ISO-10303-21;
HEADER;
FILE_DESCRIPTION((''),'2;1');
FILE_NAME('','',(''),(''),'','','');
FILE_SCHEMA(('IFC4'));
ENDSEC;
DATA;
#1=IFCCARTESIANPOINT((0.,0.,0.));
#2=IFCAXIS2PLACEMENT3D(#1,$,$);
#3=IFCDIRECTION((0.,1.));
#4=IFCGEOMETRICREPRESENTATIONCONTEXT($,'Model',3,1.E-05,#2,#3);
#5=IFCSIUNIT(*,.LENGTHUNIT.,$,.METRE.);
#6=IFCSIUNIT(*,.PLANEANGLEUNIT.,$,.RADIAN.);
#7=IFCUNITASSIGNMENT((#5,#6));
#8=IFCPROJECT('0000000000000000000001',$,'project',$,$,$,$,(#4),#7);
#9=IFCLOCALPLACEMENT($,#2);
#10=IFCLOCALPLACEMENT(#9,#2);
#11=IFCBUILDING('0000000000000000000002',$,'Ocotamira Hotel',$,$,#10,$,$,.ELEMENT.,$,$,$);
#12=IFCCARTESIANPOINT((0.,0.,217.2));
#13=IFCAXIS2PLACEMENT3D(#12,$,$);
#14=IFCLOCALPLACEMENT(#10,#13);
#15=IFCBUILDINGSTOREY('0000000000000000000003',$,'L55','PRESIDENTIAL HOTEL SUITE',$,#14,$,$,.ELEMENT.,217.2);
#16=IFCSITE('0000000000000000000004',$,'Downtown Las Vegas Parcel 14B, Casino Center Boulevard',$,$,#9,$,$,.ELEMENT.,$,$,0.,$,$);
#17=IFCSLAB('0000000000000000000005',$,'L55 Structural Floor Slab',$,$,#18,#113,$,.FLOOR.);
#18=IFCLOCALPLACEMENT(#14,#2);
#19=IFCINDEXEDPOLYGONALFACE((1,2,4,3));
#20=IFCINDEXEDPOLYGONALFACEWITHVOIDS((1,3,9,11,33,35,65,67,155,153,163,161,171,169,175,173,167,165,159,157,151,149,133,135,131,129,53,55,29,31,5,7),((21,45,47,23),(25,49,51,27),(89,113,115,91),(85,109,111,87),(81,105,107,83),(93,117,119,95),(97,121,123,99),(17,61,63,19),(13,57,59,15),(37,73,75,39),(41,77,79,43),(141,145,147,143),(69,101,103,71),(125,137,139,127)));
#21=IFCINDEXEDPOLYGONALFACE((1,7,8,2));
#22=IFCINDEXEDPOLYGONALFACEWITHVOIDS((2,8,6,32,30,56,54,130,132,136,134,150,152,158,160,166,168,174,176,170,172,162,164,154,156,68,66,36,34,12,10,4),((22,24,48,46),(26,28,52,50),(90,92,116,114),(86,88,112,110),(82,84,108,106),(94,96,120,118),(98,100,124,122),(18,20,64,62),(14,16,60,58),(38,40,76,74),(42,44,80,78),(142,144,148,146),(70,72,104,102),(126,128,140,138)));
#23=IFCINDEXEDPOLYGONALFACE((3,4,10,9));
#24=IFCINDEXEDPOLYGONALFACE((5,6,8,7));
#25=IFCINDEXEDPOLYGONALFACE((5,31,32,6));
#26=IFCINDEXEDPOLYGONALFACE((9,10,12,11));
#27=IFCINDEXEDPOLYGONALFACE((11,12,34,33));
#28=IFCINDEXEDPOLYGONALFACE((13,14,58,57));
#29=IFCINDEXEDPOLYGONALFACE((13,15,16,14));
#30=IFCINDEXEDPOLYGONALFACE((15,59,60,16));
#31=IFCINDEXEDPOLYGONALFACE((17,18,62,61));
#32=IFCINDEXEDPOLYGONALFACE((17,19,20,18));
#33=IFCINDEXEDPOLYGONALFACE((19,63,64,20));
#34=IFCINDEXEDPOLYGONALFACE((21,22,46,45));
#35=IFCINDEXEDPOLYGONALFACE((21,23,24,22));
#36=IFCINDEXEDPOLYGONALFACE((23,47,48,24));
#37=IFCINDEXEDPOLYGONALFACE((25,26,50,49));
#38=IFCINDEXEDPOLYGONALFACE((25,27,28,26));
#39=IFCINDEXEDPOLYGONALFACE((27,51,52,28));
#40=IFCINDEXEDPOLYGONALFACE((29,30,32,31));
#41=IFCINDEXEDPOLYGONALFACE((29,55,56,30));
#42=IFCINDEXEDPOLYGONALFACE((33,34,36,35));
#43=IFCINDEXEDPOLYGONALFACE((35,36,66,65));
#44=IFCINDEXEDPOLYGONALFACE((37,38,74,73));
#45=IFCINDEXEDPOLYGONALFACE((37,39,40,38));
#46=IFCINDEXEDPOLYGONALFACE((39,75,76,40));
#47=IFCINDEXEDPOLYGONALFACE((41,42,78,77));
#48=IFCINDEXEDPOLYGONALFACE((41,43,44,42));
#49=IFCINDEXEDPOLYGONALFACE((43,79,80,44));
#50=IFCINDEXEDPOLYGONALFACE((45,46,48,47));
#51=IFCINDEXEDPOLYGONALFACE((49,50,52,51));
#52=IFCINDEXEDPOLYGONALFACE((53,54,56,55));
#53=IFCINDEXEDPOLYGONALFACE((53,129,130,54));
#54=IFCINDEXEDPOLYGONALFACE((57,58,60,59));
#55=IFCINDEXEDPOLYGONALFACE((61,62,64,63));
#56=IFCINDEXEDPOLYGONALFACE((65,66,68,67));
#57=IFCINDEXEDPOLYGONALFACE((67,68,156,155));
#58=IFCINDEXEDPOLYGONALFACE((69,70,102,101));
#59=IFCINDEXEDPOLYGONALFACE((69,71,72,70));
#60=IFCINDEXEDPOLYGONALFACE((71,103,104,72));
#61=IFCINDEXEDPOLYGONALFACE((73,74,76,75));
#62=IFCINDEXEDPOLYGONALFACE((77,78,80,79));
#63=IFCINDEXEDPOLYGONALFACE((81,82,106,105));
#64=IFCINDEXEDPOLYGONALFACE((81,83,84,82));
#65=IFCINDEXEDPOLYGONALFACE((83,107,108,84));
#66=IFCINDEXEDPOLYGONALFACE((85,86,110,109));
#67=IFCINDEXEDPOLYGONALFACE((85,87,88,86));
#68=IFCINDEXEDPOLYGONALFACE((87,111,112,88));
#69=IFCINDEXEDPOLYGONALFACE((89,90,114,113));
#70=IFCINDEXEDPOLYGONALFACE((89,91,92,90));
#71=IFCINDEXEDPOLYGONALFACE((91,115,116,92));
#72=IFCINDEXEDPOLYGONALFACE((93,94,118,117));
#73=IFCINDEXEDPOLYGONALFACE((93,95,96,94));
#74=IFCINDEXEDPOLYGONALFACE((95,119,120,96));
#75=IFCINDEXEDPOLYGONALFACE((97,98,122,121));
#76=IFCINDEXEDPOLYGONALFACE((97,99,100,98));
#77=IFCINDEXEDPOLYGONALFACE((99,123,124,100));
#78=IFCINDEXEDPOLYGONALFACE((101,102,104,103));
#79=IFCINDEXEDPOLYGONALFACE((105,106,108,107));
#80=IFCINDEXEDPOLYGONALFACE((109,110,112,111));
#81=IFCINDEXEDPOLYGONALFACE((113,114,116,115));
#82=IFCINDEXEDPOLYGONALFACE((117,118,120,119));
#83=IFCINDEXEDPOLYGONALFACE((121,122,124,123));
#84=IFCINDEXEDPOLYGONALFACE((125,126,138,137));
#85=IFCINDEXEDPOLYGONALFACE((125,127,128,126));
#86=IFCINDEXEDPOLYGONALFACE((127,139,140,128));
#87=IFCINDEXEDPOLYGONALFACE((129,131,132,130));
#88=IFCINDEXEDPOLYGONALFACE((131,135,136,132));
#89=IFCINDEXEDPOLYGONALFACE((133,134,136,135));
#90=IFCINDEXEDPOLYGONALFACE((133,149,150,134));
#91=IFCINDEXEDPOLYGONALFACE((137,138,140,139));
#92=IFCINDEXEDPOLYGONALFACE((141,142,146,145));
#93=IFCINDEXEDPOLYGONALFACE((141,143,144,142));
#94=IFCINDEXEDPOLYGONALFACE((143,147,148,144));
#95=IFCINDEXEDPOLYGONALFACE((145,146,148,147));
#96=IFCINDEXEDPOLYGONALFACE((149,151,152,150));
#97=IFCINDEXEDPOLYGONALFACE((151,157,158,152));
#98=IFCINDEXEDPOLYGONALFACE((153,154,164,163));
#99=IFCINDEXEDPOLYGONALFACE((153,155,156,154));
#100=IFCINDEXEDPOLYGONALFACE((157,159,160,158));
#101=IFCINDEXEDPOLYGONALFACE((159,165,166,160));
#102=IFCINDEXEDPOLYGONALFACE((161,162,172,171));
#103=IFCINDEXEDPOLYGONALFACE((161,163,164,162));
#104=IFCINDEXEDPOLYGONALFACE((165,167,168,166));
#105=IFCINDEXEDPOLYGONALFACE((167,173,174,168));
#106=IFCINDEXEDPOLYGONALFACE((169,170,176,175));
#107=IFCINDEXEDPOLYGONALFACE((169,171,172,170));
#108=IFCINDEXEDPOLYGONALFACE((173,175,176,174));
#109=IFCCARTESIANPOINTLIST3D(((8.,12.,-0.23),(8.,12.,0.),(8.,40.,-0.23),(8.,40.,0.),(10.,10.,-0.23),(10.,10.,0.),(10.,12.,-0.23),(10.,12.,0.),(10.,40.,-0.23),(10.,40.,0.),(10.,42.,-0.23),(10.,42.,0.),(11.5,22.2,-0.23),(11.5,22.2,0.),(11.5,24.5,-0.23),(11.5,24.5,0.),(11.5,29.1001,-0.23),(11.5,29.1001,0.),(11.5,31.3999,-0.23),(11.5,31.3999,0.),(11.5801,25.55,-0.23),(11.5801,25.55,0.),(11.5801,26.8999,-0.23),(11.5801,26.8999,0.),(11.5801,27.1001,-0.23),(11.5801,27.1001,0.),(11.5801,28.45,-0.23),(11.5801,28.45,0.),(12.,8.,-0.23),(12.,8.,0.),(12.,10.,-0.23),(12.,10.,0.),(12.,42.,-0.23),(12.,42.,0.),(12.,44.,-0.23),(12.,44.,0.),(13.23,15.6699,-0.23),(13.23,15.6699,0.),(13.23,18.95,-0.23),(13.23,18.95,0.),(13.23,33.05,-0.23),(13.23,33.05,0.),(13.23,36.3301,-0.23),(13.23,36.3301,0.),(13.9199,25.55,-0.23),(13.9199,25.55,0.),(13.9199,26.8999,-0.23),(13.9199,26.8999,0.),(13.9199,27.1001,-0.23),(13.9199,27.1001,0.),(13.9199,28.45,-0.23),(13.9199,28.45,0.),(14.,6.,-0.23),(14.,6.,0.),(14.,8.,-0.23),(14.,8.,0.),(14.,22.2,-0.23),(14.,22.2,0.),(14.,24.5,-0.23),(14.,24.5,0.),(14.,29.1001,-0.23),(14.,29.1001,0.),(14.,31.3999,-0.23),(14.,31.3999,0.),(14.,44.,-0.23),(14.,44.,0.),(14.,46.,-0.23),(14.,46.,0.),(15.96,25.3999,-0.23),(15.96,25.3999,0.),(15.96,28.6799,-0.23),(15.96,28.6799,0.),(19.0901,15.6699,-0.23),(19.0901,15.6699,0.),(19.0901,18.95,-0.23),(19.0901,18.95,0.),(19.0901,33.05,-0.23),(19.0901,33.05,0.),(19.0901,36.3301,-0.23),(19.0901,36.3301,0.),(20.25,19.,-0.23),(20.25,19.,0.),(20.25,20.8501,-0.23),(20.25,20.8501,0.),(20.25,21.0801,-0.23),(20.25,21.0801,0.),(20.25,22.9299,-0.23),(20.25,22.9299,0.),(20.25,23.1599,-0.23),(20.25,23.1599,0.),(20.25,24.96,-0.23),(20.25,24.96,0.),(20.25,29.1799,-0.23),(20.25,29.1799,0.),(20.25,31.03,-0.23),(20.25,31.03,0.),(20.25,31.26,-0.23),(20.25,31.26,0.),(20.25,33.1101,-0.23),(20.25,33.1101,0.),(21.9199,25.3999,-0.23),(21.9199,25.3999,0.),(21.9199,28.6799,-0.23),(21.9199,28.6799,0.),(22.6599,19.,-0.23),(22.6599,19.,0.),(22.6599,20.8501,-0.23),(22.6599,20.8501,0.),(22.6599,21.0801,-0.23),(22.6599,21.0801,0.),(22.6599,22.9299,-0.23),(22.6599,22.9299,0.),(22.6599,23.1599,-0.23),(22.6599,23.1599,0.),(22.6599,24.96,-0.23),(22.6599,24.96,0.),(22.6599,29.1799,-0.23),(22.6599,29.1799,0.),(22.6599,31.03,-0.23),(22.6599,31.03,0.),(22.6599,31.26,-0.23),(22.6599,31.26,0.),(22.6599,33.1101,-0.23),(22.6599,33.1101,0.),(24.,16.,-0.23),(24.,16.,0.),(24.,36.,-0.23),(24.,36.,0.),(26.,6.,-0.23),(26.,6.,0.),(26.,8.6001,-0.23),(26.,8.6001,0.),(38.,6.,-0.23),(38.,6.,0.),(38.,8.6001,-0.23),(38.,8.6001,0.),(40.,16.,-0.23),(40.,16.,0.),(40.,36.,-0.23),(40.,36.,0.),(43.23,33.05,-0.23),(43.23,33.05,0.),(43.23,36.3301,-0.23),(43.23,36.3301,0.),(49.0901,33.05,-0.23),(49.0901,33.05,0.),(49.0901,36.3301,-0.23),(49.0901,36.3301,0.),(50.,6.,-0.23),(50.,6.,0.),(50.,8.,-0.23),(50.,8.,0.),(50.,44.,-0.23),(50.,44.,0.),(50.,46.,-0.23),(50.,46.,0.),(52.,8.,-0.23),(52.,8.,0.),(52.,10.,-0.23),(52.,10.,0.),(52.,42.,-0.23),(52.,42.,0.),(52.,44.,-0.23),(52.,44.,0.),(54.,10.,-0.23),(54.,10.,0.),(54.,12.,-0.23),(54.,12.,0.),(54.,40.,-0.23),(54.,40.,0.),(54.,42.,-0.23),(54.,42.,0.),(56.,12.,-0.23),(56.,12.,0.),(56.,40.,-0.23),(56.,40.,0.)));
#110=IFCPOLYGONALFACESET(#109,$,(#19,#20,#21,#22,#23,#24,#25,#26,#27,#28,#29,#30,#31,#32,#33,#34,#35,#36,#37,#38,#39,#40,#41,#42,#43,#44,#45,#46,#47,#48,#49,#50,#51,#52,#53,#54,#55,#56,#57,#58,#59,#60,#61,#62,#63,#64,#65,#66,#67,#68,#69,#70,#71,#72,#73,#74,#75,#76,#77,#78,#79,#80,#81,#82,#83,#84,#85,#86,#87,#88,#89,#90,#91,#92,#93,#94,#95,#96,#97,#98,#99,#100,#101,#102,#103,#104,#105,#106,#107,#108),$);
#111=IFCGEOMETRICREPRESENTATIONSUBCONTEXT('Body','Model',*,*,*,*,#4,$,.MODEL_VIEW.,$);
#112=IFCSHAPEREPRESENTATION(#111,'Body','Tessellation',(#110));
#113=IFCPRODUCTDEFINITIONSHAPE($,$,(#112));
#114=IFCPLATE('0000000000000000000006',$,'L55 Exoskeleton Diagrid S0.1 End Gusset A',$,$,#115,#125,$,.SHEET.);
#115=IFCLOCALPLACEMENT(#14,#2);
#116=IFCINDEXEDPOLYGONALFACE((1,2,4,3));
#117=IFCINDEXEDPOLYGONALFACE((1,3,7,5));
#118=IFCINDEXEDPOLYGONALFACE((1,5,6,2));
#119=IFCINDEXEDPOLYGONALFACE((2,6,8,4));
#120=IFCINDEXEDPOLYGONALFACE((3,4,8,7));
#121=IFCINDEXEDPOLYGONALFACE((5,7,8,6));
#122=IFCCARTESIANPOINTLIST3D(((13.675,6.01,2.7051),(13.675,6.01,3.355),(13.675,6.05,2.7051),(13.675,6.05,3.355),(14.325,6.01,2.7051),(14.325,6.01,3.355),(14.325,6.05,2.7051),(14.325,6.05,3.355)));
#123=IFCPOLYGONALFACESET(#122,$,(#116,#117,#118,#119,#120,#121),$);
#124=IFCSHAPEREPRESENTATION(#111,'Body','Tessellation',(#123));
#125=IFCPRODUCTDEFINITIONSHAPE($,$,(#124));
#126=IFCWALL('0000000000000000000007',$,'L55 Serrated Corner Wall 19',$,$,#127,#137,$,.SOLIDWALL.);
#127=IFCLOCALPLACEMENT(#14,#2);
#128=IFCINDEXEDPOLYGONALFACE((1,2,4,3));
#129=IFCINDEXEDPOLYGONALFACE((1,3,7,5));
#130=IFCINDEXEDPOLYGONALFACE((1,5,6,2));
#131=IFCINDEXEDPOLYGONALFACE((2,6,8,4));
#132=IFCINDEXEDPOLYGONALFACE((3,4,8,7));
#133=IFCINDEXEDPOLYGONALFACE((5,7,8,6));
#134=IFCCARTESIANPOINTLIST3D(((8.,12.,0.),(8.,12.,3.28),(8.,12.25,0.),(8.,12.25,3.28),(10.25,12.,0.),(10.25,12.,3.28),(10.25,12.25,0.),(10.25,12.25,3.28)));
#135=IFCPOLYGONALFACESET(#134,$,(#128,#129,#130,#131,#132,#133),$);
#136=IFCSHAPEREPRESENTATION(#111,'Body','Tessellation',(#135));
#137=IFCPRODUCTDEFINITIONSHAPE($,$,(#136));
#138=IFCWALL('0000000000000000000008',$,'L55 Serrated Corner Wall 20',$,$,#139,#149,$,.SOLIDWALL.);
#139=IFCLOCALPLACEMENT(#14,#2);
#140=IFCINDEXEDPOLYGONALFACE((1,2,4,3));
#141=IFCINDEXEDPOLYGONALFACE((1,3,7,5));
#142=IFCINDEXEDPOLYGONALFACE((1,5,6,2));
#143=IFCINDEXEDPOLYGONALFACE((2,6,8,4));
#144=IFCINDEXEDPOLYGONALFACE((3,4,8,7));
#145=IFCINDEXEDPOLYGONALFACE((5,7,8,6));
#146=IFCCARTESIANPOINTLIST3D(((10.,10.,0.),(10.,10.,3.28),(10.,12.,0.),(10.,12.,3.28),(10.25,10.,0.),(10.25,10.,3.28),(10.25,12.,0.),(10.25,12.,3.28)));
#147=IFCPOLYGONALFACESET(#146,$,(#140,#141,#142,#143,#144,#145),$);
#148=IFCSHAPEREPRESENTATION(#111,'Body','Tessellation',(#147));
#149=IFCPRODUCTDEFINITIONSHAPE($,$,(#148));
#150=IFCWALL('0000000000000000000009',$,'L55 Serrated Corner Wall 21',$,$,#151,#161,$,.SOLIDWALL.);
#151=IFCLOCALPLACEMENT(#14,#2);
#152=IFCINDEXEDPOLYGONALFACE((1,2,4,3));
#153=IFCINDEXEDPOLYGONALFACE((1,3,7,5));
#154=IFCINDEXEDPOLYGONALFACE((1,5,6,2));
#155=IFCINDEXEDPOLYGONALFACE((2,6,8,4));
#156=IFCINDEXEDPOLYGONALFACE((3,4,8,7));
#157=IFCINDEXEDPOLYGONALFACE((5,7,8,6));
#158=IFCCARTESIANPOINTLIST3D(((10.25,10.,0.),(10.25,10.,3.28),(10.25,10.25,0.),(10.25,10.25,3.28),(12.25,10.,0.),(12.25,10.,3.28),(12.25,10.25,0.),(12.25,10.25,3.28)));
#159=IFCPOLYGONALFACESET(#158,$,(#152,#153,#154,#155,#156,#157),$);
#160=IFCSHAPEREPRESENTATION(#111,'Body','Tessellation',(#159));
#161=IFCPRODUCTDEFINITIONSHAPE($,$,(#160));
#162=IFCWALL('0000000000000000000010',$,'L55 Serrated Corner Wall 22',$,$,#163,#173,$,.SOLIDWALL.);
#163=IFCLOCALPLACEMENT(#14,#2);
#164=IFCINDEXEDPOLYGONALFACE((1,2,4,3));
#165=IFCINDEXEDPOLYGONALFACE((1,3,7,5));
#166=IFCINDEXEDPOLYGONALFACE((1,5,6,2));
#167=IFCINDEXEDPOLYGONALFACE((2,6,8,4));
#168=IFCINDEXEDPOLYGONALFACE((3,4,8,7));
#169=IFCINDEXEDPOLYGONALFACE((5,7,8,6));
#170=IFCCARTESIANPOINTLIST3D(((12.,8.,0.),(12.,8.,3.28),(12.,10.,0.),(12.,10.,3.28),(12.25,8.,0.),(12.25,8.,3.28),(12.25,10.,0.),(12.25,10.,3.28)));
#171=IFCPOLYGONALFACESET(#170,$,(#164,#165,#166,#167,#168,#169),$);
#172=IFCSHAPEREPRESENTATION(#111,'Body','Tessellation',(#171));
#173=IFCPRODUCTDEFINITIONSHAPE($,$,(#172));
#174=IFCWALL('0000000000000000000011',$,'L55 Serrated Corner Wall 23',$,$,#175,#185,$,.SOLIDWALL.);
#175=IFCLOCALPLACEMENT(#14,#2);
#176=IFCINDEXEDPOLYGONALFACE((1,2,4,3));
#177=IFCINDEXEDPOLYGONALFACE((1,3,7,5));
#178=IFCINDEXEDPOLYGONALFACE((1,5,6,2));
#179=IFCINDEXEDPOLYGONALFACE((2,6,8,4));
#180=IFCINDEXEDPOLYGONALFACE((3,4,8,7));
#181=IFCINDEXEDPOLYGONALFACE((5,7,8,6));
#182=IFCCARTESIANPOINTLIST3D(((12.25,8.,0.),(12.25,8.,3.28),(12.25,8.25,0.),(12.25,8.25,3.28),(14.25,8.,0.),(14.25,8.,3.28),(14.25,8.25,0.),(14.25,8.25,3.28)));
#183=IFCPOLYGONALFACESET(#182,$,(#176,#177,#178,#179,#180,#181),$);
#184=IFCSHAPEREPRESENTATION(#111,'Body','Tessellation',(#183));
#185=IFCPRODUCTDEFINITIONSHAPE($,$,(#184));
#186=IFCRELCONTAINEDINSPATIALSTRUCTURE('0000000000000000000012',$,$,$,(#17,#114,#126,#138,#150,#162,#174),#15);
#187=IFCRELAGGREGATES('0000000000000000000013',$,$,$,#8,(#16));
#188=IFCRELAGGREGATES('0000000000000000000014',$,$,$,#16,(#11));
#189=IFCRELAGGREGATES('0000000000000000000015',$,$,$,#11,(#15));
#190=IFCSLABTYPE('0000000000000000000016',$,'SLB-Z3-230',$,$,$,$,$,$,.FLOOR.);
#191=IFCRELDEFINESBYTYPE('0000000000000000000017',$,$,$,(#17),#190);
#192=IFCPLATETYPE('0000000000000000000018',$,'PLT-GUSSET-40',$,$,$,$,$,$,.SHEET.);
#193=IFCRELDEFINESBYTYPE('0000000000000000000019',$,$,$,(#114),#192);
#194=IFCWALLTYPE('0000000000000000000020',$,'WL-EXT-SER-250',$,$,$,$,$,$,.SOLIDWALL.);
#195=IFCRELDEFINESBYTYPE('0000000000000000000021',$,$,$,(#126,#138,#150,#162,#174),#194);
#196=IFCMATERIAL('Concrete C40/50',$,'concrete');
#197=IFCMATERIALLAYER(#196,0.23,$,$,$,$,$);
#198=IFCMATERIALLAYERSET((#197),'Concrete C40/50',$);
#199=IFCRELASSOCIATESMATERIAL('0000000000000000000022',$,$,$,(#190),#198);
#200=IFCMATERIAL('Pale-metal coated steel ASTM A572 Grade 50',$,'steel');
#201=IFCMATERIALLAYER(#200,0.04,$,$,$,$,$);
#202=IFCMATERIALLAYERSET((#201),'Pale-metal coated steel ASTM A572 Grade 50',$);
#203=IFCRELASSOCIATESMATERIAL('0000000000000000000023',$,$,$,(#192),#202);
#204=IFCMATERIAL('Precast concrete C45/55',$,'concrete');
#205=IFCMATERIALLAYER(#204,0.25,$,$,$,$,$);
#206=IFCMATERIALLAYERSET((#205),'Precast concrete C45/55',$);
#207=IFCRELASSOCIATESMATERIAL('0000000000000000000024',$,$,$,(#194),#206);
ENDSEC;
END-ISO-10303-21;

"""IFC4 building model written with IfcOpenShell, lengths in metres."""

from ifc_helpers import new_model, si_unit, direction, frame, frame_2d, origin, origin_2d, place, context, subcontext, project, spatial, polyline, rectangle, outline, extrude, source, transform, mapped, material, layer, layer_set, type_object, element, save


model = new_model("IFC4")

# Units and contexts
model_context = context("Model", 3, precision=1e-05, world=origin(), true_north=direction((0.0, 1.0)))
body_context = subcontext(model_context, "Body", "Model", "MODEL_VIEW")
ifc_project = project(units=[si_unit("LENGTHUNIT", "METRE"), si_unit("PLANEANGLEUNIT", "RADIAN")], contexts=[model_context])

# Site, building, storey
site_placement = place(None, origin())
site = spatial("IfcSite", under=ifc_project, at=site_placement, Name="Downtown Las Vegas Parcel 14B, Casino Center Boulevard", CompositionType="ELEMENT", RefElevation=0.0)
building_placement = place(site_placement, origin())
building = spatial("IfcBuilding", under=site, at=building_placement, Name="Ocotamira Hotel", CompositionType="ELEMENT")
storey_placement = place(building_placement, frame((0.0, 0.0, 217.2)))
storey = spatial("IfcBuildingStorey", under=building, at=storey_placement, Name="L55", Description="PRESIDENTIAL HOTEL SUITE", CompositionType="ELEMENT", Elevation=217.2)

# Shared definitions
ifc_material_1 = material(Name="Concrete C40/50", Category="concrete")

# Slab
ifc_layer_1 = layer(ifc_material_1, 0.23)
ifc_layer_set_1 = layer_set([ifc_layer_1], Name="Concrete C40/50")
slab_type_1 = type_object("IfcSlabType", Name="SLB-Z3-230", PredefinedType="FLOOR", material=ifc_layer_set_1)
slab_1_placement = place(storey_placement, frame((0.0, 0.0, -0.23)))
element("IfcSlab", 1, at=slab_1_placement, inside=storey, type_object=slab_type_1, Name="L55 Structural Floor Slab", PredefinedType="FLOOR", context=body_context, shape_type="SweptSolid", body=[
    extrude(outline(polyline([(14.0, 6.0), (14.0, 8.0), (12.0, 8.0), (12.0, 10.0), (10.0, 10.0), (10.0, 12.0), (8.0, 12.0), (8.0, 40.0), (10.0, 40.0), (10.0, 42.0), (12.0, 42.0), (12.0, 44.0), (14.0, 44.0), (14.0, 46.0), (50.0, 46.0), (50.0, 44.0), (52.0, 44.0), (52.0, 42.0), (54.0, 42.0), (54.0, 40.0), (56.0, 40.0), (56.0, 12.0), (54.0, 12.0), (54.0, 10.0), (52.0, 10.0), (52.0, 8.0), (50.0, 8.0), (50.0, 6.0), (38.0, 6.0), (38.0, 8.6001), (26.0, 8.6001), (26.0, 6.0), (14.0, 6.0)]), holes=[polyline([(24.0, 16.0), (40.0, 16.0), (40.0, 36.0), (24.0, 36.0), (24.0, 16.0)]), polyline([(13.23, 15.6699), (19.0901, 15.6699), (19.0901, 18.95), (13.23, 18.95), (13.23, 15.6699)]), polyline([(13.23, 33.05), (19.0901, 33.05), (19.0901, 36.3301), (13.23, 36.3301), (13.23, 33.05)]), polyline([(15.96, 25.3999), (21.9199, 25.3999), (21.9199, 28.6799), (15.96, 28.6799), (15.96, 25.3999)]), polyline([(43.23, 33.05), (49.0901, 33.05), (49.0901, 36.3301), (43.23, 36.3301), (43.23, 33.05)]), polyline([(20.25, 19.0), (22.6599, 19.0), (22.6599, 20.8501), (20.25, 20.8501), (20.25, 19.0)]), polyline([(20.25, 21.0801), (22.6599, 21.0801), (22.6599, 22.9299), (20.25, 22.9299), (20.25, 21.0801)]), polyline([(20.25, 23.1599), (22.6599, 23.1599), (22.6599, 24.96), (20.25, 24.96), (20.25, 23.1599)]), polyline([(20.25, 29.1799), (22.6599, 29.1799), (22.6599, 31.03), (20.25, 31.03), (20.25, 29.1799)]), polyline([(20.25, 31.26), (22.6599, 31.26), (22.6599, 33.1101), (20.25, 33.1101), (20.25, 31.26)]), polyline([(11.5, 22.2), (14.0, 22.2), (14.0, 24.5), (11.5, 24.5), (11.5, 22.2)]), polyline([(11.5, 29.1001), (14.0, 29.1001), (14.0, 31.3999), (11.5, 31.3999), (11.5, 29.1001)]), polyline([(11.5801, 25.55), (13.9199, 25.55), (13.9199, 26.8999), (11.5801, 26.8999), (11.5801, 25.55)]), polyline([(11.5801, 27.1001), (13.9199, 27.1001), (13.9199, 28.45), (11.5801, 28.45), (11.5801, 27.1001)])]), origin(), (0.0, 0.0, 1.0), 0.23),
])

# Plate
ifc_material_2 = material(Name="Pale-metal coated steel ASTM A572 Grade 50", Category="steel")
ifc_layer_2 = layer(ifc_material_2, 0.04)
ifc_layer_set_2 = layer_set([ifc_layer_2], Name="Pale-metal coated steel ASTM A572 Grade 50")
plate_type = type_object("IfcPlateType", Name="PLT-GUSSET-40", PredefinedType="SHEET", material=ifc_layer_set_2)
shared_shape_1 = source(origin(), body_context, "Body", "SweptSolid", [
    extrude(rectangle(XDim=0.6499, YDim=0.04, at=origin_2d()), origin(), (0.0, 0.0, 1.0), 0.6499),
])
plate_placement = place(storey_placement, frame((14.0, 6.03, 2.7051), z_axis=(0.0, 0.0, 1.0), x_axis=(1.0, 0.0, 0.0)))
element("IfcPlate", 2, at=plate_placement, inside=storey, type_object=plate_type, Name="L55 Exoskeleton Diagrid S0.1 End Gusset A", PredefinedType="SHEET", context=body_context, shape_type="MappedRepresentation", body=[
    mapped(shared_shape_1, transform((0.0, 0.0, 0.0), scale=1.0)),
])

# Walls
ifc_material_3 = material(Name="Precast concrete C45/55", Category="concrete")
ifc_layer_3 = layer(ifc_material_3, 0.25)
ifc_layer_set_3 = layer_set([ifc_layer_3], Name="Precast concrete C45/55")
wall_type_1 = type_object("IfcWallType", Name="WL-EXT-SER-250", PredefinedType="SOLIDWALL", material=ifc_layer_set_3)
wall_1_placement = place(storey_placement, frame((8.0, 12.125, 0.0), z_axis=(0.0, 0.0, 1.0), x_axis=(1.0, 0.0, 0.0)))
element("IfcWall", 3, at=wall_1_placement, inside=storey, type_object=wall_type_1, Name="L55 Serrated Corner Wall 19", PredefinedType="SOLIDWALL", context=body_context, shape_type="SweptSolid", body=[
    extrude(rectangle(XDim=2.25, YDim=0.25, at=frame_2d((1.125, 0.0))), origin(), (0.0, 0.0, 1.0), 3.28),
])
for number, where, z_axis, x_axis, name in (
    (4, (10.125, 12.0, 0.0), (0.0, 0.0, 1.0), (0.0, -1.0, 0.0), "L55 Serrated Corner Wall 20"),
    (5, (10.25, 10.125, 0.0), (0.0, 0.0, 1.0), (1.0, 0.0, 0.0), "L55 Serrated Corner Wall 21"),
    (6, (12.125, 10.0, 0.0), (0.0, 0.0, 1.0), (0.0, -1.0, 0.0), "L55 Serrated Corner Wall 22"),
    (7, (12.25, 8.125, 0.0), (0.0, 0.0, 1.0), (1.0, 0.0, 0.0), "L55 Serrated Corner Wall 23"),
):
    element("IfcWall", number, at=place(storey_placement, frame(where, z_axis=z_axis, x_axis=x_axis)), inside=storey, type_object=wall_type_1, Name=name, PredefinedType="SOLIDWALL", context=body_context, shape_type="SweptSolid", body=[
        extrude(rectangle(XDim=2.0, YDim=0.25, at=frame_2d((1.0, 0.0))), origin(), (0.0, 0.0, 1.0), 3.28),
    ])

save(model, "model.ifc")
